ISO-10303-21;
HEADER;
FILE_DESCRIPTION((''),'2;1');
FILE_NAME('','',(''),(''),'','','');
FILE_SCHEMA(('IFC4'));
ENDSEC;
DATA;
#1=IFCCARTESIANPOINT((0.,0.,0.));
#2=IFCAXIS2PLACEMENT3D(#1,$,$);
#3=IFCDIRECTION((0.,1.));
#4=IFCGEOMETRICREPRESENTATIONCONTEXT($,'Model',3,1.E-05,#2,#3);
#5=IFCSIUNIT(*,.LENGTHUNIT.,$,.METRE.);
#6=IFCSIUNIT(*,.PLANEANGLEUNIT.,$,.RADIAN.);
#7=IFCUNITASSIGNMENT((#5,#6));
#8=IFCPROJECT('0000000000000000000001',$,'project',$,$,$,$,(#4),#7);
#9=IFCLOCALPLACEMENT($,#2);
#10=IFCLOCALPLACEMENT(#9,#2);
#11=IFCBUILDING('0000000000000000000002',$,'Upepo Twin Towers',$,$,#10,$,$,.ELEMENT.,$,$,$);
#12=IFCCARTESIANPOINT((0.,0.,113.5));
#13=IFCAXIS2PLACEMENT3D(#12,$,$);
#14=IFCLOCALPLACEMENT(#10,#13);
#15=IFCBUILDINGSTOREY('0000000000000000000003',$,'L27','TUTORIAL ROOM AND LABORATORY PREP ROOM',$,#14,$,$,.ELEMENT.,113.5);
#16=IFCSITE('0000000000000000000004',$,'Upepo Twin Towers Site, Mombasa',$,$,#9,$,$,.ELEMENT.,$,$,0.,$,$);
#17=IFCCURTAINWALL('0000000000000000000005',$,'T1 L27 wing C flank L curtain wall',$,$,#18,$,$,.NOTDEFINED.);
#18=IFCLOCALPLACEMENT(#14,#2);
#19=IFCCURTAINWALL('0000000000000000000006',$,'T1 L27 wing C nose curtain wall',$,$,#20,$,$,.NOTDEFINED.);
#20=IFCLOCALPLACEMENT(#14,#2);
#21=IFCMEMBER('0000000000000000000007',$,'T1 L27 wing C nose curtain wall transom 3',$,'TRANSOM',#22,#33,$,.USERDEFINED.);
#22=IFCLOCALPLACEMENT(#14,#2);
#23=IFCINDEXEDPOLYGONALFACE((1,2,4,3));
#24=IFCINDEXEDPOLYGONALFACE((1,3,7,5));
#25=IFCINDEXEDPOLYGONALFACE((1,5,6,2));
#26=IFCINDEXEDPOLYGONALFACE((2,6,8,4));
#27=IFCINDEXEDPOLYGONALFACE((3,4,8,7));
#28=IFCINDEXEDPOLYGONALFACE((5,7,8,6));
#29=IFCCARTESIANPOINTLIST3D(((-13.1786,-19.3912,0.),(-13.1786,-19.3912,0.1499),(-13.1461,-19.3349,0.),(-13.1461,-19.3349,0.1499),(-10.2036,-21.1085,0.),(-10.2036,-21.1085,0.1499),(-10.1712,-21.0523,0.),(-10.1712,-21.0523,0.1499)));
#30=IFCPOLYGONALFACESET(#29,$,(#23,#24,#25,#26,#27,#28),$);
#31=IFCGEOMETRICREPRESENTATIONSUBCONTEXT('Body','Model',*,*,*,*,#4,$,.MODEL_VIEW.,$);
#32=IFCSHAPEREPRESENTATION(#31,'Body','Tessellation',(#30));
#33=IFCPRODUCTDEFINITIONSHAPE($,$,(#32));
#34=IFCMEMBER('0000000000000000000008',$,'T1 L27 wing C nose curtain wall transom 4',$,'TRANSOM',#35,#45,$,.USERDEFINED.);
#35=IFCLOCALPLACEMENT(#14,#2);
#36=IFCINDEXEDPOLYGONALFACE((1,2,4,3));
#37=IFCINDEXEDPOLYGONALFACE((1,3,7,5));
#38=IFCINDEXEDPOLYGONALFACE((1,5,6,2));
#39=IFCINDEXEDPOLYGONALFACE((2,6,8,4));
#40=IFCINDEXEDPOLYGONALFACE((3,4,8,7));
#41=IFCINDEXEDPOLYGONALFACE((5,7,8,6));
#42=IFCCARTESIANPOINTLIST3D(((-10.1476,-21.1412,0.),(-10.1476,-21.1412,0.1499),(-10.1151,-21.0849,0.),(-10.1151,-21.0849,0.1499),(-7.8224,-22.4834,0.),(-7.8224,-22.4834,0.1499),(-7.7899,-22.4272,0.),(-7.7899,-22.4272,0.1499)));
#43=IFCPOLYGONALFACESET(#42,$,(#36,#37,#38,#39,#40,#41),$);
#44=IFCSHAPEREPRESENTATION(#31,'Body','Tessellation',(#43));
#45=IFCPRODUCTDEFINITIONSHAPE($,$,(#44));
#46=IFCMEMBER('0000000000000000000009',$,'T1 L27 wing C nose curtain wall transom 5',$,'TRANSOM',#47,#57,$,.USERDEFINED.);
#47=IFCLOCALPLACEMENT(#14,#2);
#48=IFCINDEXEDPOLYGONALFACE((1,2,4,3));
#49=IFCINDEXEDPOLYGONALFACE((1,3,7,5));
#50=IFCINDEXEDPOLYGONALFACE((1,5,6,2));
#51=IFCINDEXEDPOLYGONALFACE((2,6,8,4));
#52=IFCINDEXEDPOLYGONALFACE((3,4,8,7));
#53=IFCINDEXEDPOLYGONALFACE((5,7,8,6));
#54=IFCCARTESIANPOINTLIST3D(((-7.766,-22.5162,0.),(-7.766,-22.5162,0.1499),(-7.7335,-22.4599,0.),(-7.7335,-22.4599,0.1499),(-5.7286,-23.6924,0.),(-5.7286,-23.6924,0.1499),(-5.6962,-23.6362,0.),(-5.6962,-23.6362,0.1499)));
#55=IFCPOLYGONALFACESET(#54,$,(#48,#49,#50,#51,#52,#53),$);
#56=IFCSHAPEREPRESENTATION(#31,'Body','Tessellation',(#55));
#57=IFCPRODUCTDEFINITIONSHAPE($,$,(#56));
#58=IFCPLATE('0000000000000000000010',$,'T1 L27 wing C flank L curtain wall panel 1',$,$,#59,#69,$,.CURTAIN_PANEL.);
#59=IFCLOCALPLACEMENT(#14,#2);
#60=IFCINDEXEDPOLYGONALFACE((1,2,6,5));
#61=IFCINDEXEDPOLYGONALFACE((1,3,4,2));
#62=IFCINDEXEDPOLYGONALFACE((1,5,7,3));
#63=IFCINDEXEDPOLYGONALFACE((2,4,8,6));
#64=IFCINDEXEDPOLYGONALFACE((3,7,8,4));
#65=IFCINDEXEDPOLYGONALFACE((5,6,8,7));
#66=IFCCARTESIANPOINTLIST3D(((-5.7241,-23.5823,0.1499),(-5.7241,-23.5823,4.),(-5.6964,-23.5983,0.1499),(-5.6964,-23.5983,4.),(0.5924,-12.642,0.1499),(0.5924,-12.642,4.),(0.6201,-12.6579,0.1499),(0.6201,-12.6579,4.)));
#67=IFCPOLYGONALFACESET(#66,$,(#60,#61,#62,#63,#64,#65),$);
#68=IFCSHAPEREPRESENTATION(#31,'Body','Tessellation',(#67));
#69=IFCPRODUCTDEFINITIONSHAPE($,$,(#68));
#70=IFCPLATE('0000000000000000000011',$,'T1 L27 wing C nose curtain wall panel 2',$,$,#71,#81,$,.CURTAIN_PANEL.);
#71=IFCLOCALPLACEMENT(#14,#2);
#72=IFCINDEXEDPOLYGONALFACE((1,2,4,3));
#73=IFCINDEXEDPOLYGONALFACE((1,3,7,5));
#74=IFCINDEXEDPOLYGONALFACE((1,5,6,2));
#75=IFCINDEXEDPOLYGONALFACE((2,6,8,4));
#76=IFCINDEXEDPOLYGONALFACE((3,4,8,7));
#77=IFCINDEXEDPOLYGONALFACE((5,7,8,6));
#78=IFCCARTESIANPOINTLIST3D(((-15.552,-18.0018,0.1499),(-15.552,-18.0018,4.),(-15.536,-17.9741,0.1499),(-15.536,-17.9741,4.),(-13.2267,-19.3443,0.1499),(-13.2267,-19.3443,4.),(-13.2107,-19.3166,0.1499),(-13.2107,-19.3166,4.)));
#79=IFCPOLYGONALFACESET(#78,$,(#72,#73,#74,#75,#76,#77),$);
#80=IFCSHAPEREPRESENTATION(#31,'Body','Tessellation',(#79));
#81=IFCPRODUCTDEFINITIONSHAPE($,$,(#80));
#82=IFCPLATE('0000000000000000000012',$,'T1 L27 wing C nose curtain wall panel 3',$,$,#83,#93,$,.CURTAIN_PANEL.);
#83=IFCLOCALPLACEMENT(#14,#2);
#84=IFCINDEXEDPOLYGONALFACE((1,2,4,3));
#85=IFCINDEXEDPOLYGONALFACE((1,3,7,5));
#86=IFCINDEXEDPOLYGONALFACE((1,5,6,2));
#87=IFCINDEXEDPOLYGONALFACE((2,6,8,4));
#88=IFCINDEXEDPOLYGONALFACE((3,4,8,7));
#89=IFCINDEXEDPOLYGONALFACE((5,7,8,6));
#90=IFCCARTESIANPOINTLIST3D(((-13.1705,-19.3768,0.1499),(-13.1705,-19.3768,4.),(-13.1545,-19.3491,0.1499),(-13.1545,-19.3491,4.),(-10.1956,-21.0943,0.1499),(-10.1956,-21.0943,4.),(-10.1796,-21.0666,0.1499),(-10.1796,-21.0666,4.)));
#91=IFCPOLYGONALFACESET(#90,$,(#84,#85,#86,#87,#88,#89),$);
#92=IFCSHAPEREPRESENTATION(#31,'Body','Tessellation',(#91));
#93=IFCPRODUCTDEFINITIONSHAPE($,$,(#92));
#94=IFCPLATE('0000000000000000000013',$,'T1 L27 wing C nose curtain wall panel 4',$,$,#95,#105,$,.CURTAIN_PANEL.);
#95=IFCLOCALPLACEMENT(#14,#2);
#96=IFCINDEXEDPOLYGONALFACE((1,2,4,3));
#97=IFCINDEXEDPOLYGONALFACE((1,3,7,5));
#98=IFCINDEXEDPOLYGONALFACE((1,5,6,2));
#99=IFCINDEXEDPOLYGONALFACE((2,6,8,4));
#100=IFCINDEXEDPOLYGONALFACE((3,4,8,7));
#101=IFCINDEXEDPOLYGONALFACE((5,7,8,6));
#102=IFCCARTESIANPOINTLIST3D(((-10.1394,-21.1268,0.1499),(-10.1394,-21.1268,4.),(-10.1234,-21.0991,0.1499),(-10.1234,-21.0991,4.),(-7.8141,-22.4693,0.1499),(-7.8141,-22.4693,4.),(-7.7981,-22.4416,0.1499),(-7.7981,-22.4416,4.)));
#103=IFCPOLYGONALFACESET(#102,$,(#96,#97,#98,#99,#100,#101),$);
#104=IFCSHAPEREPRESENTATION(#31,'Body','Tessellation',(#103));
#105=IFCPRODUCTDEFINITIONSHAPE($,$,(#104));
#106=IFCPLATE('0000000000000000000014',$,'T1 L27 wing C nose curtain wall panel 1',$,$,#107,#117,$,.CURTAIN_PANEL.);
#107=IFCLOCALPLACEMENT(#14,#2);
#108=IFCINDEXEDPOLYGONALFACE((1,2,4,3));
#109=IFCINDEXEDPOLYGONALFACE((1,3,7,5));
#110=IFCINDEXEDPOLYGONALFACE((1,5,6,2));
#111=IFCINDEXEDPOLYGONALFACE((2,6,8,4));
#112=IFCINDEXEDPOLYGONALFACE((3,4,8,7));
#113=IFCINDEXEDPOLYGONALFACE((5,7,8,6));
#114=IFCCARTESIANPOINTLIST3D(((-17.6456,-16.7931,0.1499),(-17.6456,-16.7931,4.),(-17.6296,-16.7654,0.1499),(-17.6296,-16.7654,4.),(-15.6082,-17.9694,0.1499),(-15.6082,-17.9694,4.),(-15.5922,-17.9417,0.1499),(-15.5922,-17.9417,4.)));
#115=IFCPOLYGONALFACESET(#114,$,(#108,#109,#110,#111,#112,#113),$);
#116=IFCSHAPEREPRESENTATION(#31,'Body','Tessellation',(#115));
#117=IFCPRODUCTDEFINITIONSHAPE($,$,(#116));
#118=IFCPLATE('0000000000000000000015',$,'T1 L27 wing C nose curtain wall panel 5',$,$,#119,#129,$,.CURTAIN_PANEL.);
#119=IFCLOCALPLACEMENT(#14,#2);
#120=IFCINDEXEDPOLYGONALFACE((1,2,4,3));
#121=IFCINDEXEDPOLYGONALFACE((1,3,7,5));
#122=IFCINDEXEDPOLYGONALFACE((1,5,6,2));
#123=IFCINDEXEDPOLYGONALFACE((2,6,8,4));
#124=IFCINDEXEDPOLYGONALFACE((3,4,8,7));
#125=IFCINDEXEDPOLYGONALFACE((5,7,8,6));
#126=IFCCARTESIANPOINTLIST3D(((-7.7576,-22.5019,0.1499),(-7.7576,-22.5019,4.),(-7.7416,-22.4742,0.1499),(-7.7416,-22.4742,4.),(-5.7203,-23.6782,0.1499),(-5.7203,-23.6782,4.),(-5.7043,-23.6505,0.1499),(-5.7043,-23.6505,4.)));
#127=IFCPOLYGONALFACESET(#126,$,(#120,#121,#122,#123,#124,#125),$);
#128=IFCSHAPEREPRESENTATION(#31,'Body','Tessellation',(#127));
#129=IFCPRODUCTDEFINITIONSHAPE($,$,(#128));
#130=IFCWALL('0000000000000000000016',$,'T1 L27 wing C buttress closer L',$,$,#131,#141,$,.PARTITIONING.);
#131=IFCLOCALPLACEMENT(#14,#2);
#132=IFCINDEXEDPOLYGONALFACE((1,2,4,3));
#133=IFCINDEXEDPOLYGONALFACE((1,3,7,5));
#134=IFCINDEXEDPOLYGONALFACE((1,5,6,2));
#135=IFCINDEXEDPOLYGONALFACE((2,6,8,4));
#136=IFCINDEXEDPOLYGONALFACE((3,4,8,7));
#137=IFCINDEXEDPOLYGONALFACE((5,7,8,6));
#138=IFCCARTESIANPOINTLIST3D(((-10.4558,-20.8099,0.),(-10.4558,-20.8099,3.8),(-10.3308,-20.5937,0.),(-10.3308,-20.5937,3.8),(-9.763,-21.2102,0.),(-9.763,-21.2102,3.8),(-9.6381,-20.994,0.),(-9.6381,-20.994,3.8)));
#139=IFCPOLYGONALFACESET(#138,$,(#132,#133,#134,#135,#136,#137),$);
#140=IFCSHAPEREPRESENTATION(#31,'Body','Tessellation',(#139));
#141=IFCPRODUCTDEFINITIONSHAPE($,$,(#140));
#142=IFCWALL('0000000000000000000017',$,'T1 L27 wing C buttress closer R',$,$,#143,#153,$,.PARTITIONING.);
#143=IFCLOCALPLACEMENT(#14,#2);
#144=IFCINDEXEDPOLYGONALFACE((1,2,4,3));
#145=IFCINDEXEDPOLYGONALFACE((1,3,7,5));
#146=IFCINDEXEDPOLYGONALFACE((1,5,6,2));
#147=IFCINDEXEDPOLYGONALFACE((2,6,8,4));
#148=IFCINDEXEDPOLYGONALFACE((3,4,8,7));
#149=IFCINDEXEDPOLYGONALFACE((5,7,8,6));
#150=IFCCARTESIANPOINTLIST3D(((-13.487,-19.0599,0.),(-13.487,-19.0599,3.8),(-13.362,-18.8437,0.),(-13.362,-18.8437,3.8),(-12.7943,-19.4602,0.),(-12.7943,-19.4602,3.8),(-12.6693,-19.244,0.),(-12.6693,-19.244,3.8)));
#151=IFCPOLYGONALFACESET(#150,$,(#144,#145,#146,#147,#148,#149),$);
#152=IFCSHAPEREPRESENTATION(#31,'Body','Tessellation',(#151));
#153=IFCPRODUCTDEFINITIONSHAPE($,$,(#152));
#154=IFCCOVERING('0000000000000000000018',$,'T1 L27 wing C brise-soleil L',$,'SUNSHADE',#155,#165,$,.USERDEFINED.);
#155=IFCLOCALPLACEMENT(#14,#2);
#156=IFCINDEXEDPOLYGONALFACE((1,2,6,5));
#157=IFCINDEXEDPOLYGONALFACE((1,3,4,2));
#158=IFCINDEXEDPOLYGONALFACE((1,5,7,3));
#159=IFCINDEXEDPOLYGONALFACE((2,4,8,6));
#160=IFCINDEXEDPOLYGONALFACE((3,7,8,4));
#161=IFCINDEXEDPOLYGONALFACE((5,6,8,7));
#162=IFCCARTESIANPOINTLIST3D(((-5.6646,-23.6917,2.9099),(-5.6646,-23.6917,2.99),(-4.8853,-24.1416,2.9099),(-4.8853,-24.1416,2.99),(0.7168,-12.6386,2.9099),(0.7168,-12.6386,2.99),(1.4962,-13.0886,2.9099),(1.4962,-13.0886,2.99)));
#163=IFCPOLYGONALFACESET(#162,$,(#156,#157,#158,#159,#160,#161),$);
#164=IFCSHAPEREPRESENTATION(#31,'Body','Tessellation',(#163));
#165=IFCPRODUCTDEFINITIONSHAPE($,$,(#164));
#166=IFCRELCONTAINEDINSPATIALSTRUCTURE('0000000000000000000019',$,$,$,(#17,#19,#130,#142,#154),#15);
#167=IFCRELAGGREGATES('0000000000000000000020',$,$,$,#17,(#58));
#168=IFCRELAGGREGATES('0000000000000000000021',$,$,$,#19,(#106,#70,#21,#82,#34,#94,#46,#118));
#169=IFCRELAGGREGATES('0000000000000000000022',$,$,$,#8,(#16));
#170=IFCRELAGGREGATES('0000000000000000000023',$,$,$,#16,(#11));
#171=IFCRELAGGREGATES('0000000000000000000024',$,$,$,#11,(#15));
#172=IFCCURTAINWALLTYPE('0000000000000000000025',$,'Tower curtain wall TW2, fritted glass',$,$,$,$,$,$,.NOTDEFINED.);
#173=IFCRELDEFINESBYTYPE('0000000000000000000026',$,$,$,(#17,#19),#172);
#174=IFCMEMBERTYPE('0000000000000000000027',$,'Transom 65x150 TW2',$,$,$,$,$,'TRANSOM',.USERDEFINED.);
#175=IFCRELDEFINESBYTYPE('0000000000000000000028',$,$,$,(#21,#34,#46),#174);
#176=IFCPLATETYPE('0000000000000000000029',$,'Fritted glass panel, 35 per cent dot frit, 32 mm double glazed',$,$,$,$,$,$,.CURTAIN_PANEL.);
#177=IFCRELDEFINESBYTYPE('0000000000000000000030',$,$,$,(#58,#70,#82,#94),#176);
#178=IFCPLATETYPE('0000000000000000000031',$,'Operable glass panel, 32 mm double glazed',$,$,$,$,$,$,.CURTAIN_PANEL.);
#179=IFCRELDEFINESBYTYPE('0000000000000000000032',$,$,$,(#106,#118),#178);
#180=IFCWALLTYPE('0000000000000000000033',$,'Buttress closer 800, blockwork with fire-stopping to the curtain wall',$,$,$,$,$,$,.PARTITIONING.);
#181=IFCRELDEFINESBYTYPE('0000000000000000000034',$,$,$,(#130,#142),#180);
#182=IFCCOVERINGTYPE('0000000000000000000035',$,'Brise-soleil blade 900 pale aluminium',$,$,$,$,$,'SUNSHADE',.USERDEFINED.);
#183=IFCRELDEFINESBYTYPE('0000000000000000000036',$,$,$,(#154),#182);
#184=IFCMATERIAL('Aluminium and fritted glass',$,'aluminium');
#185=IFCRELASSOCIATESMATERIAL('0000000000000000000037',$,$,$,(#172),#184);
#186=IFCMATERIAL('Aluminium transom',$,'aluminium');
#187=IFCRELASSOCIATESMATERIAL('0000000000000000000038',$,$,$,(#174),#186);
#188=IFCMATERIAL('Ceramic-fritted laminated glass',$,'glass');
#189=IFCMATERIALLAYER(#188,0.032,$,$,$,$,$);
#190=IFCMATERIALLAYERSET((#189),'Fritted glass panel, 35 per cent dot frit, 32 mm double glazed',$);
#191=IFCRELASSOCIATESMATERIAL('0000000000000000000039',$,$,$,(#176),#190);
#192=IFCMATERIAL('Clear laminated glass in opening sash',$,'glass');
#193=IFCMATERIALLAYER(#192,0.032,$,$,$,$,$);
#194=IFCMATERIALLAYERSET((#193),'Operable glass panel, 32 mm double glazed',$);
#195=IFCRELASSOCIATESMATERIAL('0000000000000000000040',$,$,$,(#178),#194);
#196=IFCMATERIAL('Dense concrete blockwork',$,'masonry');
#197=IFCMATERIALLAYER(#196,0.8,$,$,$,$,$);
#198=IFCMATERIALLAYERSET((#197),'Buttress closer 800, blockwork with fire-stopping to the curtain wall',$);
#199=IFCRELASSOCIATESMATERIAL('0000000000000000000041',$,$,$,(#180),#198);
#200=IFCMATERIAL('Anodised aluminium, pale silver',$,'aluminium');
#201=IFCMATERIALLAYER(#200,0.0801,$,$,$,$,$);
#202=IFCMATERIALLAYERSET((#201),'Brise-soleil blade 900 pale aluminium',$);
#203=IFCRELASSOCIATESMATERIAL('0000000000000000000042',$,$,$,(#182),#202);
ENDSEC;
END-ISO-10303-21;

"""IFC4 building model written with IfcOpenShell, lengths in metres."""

from ifc_helpers import new_model, si_unit, direction, frame, frame_2d, origin, origin_2d, place, context, subcontext, project, spatial, rectangle, extrude, material, layer, layer_set, material_profile, profile_set, type_object, element, aggregate, save


model = new_model("IFC4")

# Units and contexts
model_context = context("Model", 3, precision=1e-05, world=origin(), true_north=direction((0.0, 1.0)))
body_context = subcontext(model_context, "Body", "Model", "MODEL_VIEW")
ifc_project = project(units=[si_unit("LENGTHUNIT", "METRE"), si_unit("PLANEANGLEUNIT", "RADIAN")], contexts=[model_context])

# Site, building, storey
site_placement = place(None, origin())
site = spatial("IfcSite", under=ifc_project, at=site_placement, Name="Upepo Twin Towers Site, Mombasa", CompositionType="ELEMENT", RefElevation=0.0)
building_placement = place(site_placement, origin())
building = spatial("IfcBuilding", under=site, at=building_placement, Name="Upepo Twin Towers", CompositionType="ELEMENT")
storey_placement = place(building_placement, frame((0.0, 0.0, 113.5)))
storey = spatial("IfcBuildingStorey", under=building, at=storey_placement, Name="L27", Description="TUTORIAL ROOM AND LABORATORY PREP ROOM", CompositionType="ELEMENT", Elevation=113.5)

# Curtain wall
ifc_material_1 = material(Name="Aluminium and fritted glass", Category="aluminium")
curtain_wall_type = type_object("IfcCurtainWallType", Name="Tower curtain wall TW2, fritted glass", PredefinedType="NOTDEFINED", material=ifc_material_1)
curtain_wall_1_placement = place(storey_placement, origin())
curtain_wall_1 = element("IfcCurtainWall", 1, at=curtain_wall_1_placement, inside=storey, type_object=curtain_wall_type, Name="T1 L27 wing C flank L curtain wall", PredefinedType="NOTDEFINED")

# Curtain wall
curtain_wall_2_placement = place(storey_placement, origin())
curtain_wall_2 = element("IfcCurtainWall", 2, at=curtain_wall_2_placement, inside=storey, type_object=curtain_wall_type, Name="T1 L27 wing C nose curtain wall", PredefinedType="NOTDEFINED")

# Members
ifc_material_2 = material(Name="Aluminium transom", Category="aluminium")
ifc_material_profile_1 = material_profile(ifc_material_2, rectangle(XDim=0.0649, YDim=0.1499, at=origin_2d()), Name="TRANSOM 65x150")
ifc_profile_set_1 = profile_set([ifc_material_profile_1], Name="Aluminium transom")
member_type_1 = type_object("IfcMemberType", Name="Transom 65x150 TW2", ElementType="TRANSOM", PredefinedType="USERDEFINED", material=ifc_profile_set_1)
member_1_placement = place(storey_placement, frame((-13.1624, -19.363, 0.075), z_axis=(0.866057, -0.499946, 0.0), x_axis=(0.499946, 0.866057, 0.0)))
member_1 = element("IfcMember", 3, at=member_1_placement, type_object=member_type_1, Name="T1 L27 wing C nose curtain wall transom 3", ObjectType="TRANSOM", PredefinedType="USERDEFINED", context=body_context, shape_type="SweptSolid", body=[
    extrude(rectangle(XDim=0.0649, YDim=0.1499, at=origin_2d()), origin(), (0.0, 0.0, 1.0), 3.4351),
])
member_2_placement = place(storey_placement, frame((-10.1313, -21.113, 0.075), z_axis=(0.866052, -0.499953, 0.0), x_axis=(0.499953, 0.866052, 0.0)))
member_2 = element("IfcMember", 4, at=member_2_placement, type_object=member_type_1, Name="T1 L27 wing C nose curtain wall transom 4", ObjectType="TRANSOM", PredefinedType="USERDEFINED", context=body_context, shape_type="SweptSolid", body=[
    extrude(rectangle(XDim=0.0649, YDim=0.1499, at=origin_2d()), origin(), (0.0, 0.0, 1.0), 2.6848),
])
member_3_placement = place(storey_placement, frame((-7.7498, -22.488, 0.075), z_axis=(0.866025, -0.500001, 0.0), x_axis=(0.500001, 0.866025, 0.0)))
member_3 = element("IfcMember", 5, at=member_3_placement, type_object=member_type_1, Name="T1 L27 wing C nose curtain wall transom 5", ObjectType="TRANSOM", PredefinedType="USERDEFINED", context=body_context, shape_type="SweptSolid", body=[
    extrude(rectangle(XDim=0.0649, YDim=0.1499, at=origin_2d()), origin(), (0.0, 0.0, 1.0), 2.3525),
])

# Plates
ifc_material_3 = material(Name="Ceramic-fritted laminated glass", Category="glass")
ifc_layer_1 = layer(ifc_material_3, 0.032)
ifc_layer_set_1 = layer_set([ifc_layer_1], Name="Fritted glass panel, 35 per cent dot frit, 32 mm double glazed")
plate_type_1 = type_object("IfcPlateType", Name="Fritted glass panel, 35 per cent dot frit, 32 mm double glazed", PredefinedType="CURTAIN_PANEL", material=ifc_layer_set_1)
plate_1_placement = place(storey_placement, frame((-2.552, -18.1201, 0.1499), z_axis=(0.0, 0.0, 1.0), x_axis=(-0.5, -0.866025, 0.0)))
plate_1 = element("IfcPlate", 6, at=plate_1_placement, type_object=plate_type_1, Name="T1 L27 wing C flank L curtain wall panel 1", PredefinedType="CURTAIN_PANEL", context=body_context, shape_type="SweptSolid", body=[
    extrude(rectangle(XDim=12.6328, YDim=0.032, at=origin_2d()), origin(), (0.0, 0.0, 1.0), 3.8501),
])
aggregate(curtain_wall_1, [plate_1])
plate_2_placement = place(storey_placement, frame((-14.3813, -18.6592, 0.1499), z_axis=(0.0, 0.0, 1.0), x_axis=(0.866025, -0.5, 0.0)))
plate_2 = element("IfcPlate", 7, at=plate_2_placement, type_object=plate_type_1, Name="T1 L27 wing C nose curtain wall panel 2", PredefinedType="CURTAIN_PANEL", context=body_context, shape_type="SweptSolid", body=[
    extrude(rectangle(XDim=2.6851, YDim=0.032, at=origin_2d()), origin(), (0.0, 0.0, 1.0), 3.8501),
])
plate_3_placement = place(storey_placement, frame((-11.675, -20.2217, 0.1499), z_axis=(0.0, 0.0, 1.0), x_axis=(0.866025, -0.5, 0.0)))
plate_3 = element("IfcPlate", 8, at=plate_3_placement, type_object=plate_type_1, Name="T1 L27 wing C nose curtain wall panel 3", PredefinedType="CURTAIN_PANEL", context=body_context, shape_type="SweptSolid", body=[
    extrude(rectangle(XDim=3.4351, YDim=0.032, at=origin_2d()), origin(), (0.0, 0.0, 1.0), 3.8501),
])
plate_4_placement = place(storey_placement, frame((-8.9688, -21.7842, 0.1499), z_axis=(0.0, 0.0, 1.0), x_axis=(0.866025, -0.5, 0.0)))
plate_4 = element("IfcPlate", 9, at=plate_4_placement, type_object=plate_type_1, Name="T1 L27 wing C nose curtain wall panel 4", PredefinedType="CURTAIN_PANEL", context=body_context, shape_type="SweptSolid", body=[
    extrude(rectangle(XDim=2.6851, YDim=0.032, at=origin_2d()), origin(), (0.0, 0.0, 1.0), 3.8501),
])
ifc_material_4 = material(Name="Clear laminated glass in opening sash", Category="glass")
ifc_layer_2 = layer(ifc_material_4, 0.032)
ifc_layer_set_2 = layer_set([ifc_layer_2], Name="Operable glass panel, 32 mm double glazed")
plate_type_2 = type_object("IfcPlateType", Name="Operable glass panel, 32 mm double glazed", PredefinedType="CURTAIN_PANEL", material=ifc_layer_set_2)
plate_5_placement = place(storey_placement, frame((-16.6189, -17.3674, 0.1499), z_axis=(0.0, 0.0, 1.0), x_axis=(0.866025, -0.5, 0.0)))
plate_5 = element("IfcPlate", 10, at=plate_5_placement, type_object=plate_type_2, Name="T1 L27 wing C nose curtain wall panel 1", PredefinedType="CURTAIN_PANEL", context=body_context, shape_type="SweptSolid", body=[
    extrude(rectangle(XDim=2.3525, YDim=0.032, at=origin_2d()), origin(), (0.0, 0.0, 1.0), 3.8501),
])
plate_6_placement = place(storey_placement, frame((-6.731, -23.0762, 0.1499), z_axis=(0.0, 0.0, 1.0), x_axis=(0.866025, -0.5, 0.0)))
plate_6 = element("IfcPlate", 11, at=plate_6_placement, type_object=plate_type_2, Name="T1 L27 wing C nose curtain wall panel 5", PredefinedType="CURTAIN_PANEL", context=body_context, shape_type="SweptSolid", body=[
    extrude(rectangle(XDim=2.3525, YDim=0.032, at=origin_2d()), origin(), (0.0, 0.0, 1.0), 3.8501),
])
aggregate(curtain_wall_2, [plate_5, plate_2, member_1, plate_3, member_2, plate_4, member_3, plate_6])

# Walls
ifc_material_5 = material(Name="Dense concrete blockwork", Category="masonry")
ifc_layer_3 = layer(ifc_material_5, 0.8)
ifc_layer_set_3 = layer_set([ifc_layer_3], Name="Buttress closer 800, blockwork with fire-stopping to the curtain wall")
wall_type = type_object("IfcWallType", Name="Buttress closer 800, blockwork with fire-stopping to the curtain wall", PredefinedType="PARTITIONING", material=ifc_layer_set_3)
for number, where, z_axis, x_axis, name in (
    (12, (-9.9844, -20.7937, 0.0), (0.0, 0.0, 1.0), (-0.500343, -0.865827, 0.0), "T1 L27 wing C buttress closer L"),
    (13, (-13.0156, -19.0437, 0.0), (0.0, 0.0, 1.0), (-0.500343, -0.865827, 0.0), "T1 L27 wing C buttress closer R"),
):
    element("IfcWall", number, at=place(storey_placement, frame(where, z_axis=z_axis, x_axis=x_axis)), inside=storey, type_object=wall_type, Name=name, PredefinedType="PARTITIONING", context=body_context, shape_type="SweptSolid", body=[
        extrude(rectangle(XDim=0.2498, YDim=0.8, at=frame_2d((0.125, 0.0))), origin(), (0.0, 0.0, 1.0), 3.8),
    ])

# Covering
ifc_material_6 = material(Name="Anodised aluminium, pale silver", Category="aluminium")
ifc_layer_4 = layer(ifc_material_6, 0.0801)
ifc_layer_set_4 = layer_set([ifc_layer_4], Name="Brise-soleil blade 900 pale aluminium")
covering_type = type_object("IfcCoveringType", Name="Brise-soleil blade 900 pale aluminium", ElementType="SUNSHADE", PredefinedType="USERDEFINED", material=ifc_layer_set_4)
covering_placement = place(storey_placement, frame((-2.0842, -18.3901, 2.9099), z_axis=(0.0, 0.0, 1.0), x_axis=(-0.5, -0.866025, 0.0)))
element("IfcCovering", 14, at=covering_placement, inside=storey, type_object=covering_type, Name="T1 L27 wing C brise-soleil L", ObjectType="SUNSHADE", PredefinedType="USERDEFINED", context=body_context, shape_type="SweptSolid", body=[
    extrude(rectangle(XDim=12.7629, YDim=0.8999, at=origin_2d()), origin(), (0.0, 0.0, 1.0), 0.0801),
])

save(model, "model.ifc")
